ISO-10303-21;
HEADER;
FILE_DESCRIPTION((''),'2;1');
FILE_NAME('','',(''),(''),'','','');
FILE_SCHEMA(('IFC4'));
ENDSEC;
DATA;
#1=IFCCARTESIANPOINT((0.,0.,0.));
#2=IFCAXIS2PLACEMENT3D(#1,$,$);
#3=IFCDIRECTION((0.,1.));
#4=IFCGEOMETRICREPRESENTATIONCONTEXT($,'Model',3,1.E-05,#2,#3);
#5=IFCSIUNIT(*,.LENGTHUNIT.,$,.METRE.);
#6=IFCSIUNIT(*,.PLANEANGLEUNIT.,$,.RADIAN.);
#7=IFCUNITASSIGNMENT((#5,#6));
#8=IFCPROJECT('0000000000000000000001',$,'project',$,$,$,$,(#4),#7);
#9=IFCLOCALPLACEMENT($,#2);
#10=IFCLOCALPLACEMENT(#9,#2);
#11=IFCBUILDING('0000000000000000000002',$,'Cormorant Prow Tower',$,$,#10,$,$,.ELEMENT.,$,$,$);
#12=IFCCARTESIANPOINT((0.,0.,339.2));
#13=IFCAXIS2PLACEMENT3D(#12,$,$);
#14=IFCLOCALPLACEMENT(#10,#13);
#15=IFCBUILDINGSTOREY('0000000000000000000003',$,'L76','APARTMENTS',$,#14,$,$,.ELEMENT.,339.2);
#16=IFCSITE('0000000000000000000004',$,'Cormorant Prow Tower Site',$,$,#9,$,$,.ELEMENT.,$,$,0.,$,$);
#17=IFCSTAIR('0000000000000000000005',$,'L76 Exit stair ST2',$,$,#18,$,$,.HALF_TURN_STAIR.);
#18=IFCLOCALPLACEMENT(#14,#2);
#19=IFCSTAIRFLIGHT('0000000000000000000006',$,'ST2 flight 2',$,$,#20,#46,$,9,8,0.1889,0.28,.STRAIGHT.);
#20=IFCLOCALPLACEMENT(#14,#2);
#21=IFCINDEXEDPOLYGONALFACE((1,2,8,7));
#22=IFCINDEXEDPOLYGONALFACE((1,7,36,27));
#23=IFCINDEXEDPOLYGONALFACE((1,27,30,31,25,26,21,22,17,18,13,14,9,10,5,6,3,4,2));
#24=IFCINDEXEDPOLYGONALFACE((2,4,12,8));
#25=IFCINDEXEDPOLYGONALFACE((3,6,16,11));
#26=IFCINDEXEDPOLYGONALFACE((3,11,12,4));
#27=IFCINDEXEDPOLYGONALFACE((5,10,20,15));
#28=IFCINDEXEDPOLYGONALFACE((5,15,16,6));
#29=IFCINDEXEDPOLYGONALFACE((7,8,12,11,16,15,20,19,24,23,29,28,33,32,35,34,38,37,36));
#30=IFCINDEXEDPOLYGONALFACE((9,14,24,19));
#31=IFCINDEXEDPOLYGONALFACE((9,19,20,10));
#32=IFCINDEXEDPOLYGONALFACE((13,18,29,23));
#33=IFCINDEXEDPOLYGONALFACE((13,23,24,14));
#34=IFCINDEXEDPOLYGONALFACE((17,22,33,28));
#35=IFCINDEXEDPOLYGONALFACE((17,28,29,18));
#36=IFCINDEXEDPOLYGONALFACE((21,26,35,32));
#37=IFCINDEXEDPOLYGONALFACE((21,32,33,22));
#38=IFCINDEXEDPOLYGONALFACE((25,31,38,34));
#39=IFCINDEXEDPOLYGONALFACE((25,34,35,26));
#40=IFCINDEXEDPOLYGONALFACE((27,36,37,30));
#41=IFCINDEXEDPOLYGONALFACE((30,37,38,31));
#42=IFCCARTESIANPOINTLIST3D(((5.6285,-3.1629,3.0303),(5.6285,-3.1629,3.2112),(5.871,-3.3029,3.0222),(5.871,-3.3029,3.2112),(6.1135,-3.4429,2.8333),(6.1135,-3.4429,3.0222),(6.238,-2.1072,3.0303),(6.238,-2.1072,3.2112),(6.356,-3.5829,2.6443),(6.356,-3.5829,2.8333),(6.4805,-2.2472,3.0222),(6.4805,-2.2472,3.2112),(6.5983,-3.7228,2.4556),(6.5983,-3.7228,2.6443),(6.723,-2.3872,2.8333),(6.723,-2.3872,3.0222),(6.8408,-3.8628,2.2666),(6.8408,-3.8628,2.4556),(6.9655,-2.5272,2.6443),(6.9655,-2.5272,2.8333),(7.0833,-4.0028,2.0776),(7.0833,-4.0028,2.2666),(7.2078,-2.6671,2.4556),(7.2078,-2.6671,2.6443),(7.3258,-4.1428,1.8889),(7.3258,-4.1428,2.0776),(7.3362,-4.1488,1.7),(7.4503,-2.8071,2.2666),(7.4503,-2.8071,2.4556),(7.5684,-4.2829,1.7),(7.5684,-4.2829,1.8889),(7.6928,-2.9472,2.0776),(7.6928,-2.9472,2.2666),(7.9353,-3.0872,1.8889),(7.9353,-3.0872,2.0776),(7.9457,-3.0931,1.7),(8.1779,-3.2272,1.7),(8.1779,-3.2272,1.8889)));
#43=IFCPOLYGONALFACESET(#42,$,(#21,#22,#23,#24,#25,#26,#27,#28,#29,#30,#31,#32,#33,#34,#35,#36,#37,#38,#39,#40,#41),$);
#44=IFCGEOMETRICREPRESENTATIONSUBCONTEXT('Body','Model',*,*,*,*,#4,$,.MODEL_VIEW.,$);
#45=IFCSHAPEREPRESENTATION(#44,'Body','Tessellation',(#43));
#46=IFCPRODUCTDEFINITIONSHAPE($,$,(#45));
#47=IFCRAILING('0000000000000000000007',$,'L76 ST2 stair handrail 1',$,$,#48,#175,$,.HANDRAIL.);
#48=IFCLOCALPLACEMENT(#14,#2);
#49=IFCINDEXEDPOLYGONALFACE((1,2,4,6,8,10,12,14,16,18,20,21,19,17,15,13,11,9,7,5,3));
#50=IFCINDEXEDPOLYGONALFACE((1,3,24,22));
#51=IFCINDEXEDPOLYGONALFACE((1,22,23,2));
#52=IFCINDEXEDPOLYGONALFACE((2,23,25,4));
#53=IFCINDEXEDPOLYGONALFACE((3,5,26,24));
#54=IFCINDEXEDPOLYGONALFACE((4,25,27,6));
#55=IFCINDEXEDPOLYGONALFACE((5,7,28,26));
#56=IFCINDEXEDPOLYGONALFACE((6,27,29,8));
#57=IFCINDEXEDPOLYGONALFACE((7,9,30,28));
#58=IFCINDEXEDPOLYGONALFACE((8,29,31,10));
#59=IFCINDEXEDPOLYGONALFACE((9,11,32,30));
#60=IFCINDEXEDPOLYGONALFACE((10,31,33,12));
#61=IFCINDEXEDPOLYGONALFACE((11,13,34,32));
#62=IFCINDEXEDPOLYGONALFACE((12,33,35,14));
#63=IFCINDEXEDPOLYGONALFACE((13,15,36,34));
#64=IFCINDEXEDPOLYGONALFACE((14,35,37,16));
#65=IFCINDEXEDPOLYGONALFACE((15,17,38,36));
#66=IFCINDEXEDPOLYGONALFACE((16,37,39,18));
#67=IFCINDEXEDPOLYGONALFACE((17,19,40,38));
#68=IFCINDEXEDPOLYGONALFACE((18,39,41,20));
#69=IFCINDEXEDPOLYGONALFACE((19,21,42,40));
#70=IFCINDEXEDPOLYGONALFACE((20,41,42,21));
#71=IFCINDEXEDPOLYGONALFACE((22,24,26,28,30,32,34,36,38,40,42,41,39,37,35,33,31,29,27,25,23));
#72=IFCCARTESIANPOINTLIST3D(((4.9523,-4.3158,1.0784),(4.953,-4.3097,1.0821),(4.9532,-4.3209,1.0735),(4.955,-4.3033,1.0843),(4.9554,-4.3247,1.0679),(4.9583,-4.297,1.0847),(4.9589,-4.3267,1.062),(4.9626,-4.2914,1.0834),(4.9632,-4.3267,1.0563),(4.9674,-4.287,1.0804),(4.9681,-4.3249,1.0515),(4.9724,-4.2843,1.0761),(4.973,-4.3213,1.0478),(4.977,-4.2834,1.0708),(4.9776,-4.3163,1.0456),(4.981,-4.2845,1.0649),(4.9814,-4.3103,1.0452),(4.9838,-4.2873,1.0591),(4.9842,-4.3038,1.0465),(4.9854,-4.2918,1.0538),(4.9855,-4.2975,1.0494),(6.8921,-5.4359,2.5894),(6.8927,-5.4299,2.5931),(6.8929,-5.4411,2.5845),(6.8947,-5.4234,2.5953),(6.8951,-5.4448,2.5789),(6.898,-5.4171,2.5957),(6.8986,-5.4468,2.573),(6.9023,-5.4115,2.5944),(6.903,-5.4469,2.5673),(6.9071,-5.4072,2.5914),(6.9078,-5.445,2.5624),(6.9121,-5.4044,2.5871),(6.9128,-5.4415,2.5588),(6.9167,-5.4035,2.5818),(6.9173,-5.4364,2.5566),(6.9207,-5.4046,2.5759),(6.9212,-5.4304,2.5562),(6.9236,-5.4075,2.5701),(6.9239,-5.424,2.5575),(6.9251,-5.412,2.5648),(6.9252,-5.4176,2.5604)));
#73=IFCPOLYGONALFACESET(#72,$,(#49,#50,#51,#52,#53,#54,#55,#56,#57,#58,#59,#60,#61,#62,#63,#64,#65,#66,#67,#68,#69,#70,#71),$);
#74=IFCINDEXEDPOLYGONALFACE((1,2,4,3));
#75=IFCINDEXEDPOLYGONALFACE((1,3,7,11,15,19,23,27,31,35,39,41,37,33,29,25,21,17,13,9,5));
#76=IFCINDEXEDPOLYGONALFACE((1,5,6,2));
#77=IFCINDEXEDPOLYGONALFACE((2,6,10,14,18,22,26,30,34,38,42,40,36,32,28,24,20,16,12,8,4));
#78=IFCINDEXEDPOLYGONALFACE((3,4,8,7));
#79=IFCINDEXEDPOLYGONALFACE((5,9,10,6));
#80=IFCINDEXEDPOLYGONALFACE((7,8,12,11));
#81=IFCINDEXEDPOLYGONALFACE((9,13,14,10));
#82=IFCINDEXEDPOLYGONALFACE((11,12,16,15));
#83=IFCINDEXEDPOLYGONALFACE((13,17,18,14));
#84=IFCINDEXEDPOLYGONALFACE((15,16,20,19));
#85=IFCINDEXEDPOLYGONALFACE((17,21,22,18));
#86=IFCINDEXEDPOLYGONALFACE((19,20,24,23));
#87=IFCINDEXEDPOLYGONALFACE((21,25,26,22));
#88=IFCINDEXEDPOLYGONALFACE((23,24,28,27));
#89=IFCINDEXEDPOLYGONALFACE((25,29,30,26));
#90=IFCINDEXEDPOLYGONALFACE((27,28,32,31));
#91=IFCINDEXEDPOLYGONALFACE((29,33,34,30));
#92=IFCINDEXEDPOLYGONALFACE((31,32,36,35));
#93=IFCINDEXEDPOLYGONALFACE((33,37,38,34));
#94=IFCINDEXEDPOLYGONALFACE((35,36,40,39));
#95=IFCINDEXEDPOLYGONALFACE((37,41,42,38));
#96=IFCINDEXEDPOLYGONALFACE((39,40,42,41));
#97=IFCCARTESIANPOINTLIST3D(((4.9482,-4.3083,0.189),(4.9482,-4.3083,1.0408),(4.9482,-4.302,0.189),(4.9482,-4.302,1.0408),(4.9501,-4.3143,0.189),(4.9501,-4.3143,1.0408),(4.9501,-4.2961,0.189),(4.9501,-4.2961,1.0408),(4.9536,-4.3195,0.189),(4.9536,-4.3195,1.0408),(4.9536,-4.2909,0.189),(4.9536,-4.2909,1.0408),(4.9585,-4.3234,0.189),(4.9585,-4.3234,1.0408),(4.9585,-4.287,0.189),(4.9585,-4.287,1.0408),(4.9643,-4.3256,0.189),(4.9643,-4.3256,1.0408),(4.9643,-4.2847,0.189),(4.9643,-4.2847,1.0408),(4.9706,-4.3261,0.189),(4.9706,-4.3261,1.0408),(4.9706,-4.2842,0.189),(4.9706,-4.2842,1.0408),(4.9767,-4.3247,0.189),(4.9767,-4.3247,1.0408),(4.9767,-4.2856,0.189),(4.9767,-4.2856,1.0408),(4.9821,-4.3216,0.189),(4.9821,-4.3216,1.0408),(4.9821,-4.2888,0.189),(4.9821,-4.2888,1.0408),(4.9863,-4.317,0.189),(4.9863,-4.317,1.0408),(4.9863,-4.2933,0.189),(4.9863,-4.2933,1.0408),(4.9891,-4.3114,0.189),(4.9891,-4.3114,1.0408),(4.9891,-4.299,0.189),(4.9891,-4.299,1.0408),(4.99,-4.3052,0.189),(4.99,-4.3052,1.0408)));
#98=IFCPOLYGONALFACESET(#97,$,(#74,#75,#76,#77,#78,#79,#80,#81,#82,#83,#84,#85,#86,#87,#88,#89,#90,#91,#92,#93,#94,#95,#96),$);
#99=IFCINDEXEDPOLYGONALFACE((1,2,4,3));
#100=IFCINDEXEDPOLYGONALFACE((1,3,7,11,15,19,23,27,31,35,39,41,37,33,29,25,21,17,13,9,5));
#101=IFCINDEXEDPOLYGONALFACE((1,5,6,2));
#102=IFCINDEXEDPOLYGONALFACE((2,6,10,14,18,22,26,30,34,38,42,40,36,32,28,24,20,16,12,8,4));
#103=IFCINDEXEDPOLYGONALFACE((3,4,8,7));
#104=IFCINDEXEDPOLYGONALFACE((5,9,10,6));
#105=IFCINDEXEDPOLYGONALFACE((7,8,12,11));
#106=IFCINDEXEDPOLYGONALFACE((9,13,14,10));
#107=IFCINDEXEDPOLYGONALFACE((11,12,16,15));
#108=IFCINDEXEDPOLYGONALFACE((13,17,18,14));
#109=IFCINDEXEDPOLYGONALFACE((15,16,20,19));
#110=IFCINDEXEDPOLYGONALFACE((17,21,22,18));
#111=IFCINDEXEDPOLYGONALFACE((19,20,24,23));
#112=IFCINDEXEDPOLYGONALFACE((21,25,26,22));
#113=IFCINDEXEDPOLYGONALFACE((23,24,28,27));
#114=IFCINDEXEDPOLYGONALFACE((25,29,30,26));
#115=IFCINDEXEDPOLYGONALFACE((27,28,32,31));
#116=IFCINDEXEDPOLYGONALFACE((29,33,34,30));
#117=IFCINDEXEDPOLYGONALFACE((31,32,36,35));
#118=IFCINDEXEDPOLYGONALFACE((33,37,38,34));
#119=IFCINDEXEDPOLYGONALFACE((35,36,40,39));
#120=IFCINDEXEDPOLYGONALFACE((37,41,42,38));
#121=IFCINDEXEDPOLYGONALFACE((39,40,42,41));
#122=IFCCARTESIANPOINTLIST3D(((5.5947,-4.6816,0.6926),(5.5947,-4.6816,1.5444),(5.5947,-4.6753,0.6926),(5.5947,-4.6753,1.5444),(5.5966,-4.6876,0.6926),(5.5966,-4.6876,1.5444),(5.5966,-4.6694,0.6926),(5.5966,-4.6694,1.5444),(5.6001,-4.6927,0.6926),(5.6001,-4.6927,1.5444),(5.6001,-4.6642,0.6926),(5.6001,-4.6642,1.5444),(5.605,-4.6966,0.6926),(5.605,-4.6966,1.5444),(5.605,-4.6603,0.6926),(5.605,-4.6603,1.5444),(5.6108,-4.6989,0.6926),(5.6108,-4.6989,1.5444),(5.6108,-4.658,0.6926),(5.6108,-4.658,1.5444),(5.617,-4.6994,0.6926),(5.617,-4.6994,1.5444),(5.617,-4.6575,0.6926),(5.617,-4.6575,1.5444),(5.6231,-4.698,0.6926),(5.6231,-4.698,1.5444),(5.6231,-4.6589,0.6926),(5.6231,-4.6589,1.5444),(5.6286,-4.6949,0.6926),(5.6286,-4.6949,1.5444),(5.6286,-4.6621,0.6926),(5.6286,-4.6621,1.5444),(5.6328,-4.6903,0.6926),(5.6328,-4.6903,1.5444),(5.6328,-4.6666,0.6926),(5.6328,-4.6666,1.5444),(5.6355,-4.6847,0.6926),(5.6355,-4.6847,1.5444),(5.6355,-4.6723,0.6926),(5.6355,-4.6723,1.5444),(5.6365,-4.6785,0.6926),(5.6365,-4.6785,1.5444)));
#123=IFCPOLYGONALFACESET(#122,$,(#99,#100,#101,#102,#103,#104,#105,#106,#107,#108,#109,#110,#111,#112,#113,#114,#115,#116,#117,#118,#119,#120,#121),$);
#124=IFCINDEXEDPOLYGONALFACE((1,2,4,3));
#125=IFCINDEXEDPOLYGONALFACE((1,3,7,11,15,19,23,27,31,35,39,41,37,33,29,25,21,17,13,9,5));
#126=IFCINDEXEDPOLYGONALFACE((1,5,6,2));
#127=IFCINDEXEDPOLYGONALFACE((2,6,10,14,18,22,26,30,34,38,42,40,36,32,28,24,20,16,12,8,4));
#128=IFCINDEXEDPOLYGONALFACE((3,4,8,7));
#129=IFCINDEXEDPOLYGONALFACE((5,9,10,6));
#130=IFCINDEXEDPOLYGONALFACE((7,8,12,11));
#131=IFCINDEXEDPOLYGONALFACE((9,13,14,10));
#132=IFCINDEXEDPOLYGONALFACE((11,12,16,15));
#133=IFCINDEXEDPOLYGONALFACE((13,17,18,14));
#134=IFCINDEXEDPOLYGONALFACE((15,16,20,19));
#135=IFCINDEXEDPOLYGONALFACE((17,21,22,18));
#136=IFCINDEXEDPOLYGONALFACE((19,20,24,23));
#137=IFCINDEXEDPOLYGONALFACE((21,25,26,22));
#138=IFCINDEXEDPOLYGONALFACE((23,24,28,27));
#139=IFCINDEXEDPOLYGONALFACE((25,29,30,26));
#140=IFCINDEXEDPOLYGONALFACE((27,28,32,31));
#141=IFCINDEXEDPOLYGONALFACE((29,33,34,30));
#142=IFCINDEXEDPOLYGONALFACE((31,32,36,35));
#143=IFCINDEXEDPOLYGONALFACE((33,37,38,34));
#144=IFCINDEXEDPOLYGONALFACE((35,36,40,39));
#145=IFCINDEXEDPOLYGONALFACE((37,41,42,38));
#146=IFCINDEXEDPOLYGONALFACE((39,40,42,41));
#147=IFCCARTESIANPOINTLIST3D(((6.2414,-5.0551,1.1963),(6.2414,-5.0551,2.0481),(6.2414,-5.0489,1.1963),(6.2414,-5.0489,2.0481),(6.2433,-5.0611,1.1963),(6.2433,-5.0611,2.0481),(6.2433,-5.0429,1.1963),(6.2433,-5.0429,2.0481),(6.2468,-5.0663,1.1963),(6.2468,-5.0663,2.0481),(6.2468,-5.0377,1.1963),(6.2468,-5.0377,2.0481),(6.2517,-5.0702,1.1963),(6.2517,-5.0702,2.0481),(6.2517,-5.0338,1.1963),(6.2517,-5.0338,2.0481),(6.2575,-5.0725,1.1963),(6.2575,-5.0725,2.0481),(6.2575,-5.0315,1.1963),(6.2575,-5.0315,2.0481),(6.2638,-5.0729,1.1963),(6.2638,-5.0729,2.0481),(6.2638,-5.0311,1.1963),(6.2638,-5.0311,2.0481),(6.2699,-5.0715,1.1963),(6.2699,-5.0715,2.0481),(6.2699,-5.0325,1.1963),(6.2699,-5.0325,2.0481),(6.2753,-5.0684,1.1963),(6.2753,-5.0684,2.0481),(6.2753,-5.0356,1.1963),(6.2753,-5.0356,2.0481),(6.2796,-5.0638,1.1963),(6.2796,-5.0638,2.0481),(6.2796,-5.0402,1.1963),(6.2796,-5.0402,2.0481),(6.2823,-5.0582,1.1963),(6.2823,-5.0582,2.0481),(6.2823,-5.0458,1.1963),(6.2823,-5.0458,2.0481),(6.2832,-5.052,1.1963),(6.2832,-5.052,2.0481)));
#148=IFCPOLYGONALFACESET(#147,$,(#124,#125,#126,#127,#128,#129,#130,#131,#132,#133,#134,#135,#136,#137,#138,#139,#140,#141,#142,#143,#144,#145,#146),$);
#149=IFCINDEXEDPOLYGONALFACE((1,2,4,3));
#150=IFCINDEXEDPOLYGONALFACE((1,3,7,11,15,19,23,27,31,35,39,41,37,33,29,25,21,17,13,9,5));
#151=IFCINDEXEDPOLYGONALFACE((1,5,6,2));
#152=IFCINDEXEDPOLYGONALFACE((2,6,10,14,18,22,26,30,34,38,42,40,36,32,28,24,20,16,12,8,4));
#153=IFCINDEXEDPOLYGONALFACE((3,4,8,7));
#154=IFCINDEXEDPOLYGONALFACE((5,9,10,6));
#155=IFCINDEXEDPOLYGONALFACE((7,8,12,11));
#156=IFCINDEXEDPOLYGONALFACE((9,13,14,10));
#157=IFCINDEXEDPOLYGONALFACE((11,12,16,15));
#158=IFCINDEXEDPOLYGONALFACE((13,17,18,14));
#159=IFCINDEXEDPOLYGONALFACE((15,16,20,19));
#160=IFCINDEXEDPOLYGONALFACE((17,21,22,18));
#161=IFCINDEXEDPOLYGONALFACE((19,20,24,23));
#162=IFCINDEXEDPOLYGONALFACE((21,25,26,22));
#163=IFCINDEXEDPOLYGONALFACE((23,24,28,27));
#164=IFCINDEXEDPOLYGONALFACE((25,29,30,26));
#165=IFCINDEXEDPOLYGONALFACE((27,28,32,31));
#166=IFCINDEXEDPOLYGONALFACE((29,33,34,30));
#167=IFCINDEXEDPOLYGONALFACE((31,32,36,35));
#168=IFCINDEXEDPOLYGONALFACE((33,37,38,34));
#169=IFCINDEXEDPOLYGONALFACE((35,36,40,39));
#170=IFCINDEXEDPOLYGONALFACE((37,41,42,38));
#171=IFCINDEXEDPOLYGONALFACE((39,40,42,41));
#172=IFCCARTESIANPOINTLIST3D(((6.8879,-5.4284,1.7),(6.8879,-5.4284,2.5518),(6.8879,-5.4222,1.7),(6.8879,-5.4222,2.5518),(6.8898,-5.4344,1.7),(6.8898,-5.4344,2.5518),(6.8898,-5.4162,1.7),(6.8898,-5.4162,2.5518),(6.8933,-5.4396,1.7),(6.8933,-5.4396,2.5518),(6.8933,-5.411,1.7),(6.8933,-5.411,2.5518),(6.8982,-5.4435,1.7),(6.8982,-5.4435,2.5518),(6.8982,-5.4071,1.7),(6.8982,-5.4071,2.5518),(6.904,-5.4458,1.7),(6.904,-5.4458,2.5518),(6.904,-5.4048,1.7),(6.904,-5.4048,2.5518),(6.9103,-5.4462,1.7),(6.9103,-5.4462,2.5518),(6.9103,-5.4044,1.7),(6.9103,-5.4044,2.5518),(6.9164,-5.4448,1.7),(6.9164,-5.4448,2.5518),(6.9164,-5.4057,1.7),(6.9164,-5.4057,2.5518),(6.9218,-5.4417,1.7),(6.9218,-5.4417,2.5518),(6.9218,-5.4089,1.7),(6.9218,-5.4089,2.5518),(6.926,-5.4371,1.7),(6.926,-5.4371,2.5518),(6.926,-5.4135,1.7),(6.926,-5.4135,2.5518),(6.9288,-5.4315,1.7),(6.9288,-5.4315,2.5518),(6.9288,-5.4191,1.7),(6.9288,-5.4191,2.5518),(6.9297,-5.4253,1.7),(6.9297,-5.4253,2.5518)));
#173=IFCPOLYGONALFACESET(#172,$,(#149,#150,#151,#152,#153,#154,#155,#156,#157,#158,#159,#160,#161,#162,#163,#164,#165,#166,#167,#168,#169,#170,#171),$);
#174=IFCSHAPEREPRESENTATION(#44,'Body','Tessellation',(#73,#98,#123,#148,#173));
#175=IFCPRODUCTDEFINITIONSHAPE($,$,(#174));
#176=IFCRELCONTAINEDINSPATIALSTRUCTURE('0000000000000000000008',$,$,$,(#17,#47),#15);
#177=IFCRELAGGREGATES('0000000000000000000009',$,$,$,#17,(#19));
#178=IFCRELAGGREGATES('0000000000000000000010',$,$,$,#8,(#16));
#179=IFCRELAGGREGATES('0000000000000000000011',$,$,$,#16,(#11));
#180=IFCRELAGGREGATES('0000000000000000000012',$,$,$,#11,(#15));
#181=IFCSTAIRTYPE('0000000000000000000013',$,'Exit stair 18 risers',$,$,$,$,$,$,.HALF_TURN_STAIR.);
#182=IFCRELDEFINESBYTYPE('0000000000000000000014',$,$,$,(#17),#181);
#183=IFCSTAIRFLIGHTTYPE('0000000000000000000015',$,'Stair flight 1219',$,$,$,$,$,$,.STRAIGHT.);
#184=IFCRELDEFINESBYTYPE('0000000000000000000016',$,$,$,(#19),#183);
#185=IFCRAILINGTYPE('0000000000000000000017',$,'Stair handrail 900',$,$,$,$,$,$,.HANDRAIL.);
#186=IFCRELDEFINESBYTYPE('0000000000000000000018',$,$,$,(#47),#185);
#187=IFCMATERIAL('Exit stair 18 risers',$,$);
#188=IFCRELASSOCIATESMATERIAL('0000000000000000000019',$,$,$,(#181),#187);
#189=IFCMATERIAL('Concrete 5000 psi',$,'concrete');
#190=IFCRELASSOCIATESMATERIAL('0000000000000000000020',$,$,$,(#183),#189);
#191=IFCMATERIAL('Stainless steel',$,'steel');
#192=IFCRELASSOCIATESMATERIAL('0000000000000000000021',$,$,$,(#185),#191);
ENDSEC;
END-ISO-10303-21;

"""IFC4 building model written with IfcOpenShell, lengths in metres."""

from ifc_helpers import new_model, si_unit, direction, frame, origin, origin_2d, place, context, subcontext, project, spatial, polyline, circle, outline, extrude, material, type_object, element, aggregate, save


model = new_model("IFC4")

# Units and contexts
model_context = context("Model", 3, precision=1e-05, world=origin(), true_north=direction((0.0, 1.0)))
body_context = subcontext(model_context, "Body", "Model", "MODEL_VIEW")
ifc_project = project(units=[si_unit("LENGTHUNIT", "METRE"), si_unit("PLANEANGLEUNIT", "RADIAN")], contexts=[model_context])

# Site, building, storey
site_placement = place(None, origin())
site = spatial("IfcSite", under=ifc_project, at=site_placement, Name="Cormorant Prow Tower Site", CompositionType="ELEMENT", RefElevation=0.0)
building_placement = place(site_placement, origin())
building = spatial("IfcBuilding", under=site, at=building_placement, Name="Cormorant Prow Tower", CompositionType="ELEMENT")
storey_placement = place(building_placement, frame((0.0, 0.0, 339.2)))
storey = spatial("IfcBuildingStorey", under=building, at=storey_placement, Name="L76", Description="APARTMENTS", CompositionType="ELEMENT", Elevation=339.2)

# Stair, stair flight
ifc_material_1 = material(Name="Exit stair 18 risers")
stair_type = type_object("IfcStairType", Name="Exit stair 18 risers", PredefinedType="HALF_TURN_STAIR", material=ifc_material_1)
stair_placement = place(storey_placement, origin())
stair = element("IfcStair", 1, at=stair_placement, inside=storey, type_object=stair_type, Name="L76 Exit stair ST2", PredefinedType="HALF_TURN_STAIR")
ifc_material_2 = material(Name="Concrete 5000 psi", Category="concrete")
stair_flight_type = type_object("IfcStairFlightType", Name="Stair flight 1219", PredefinedType="STRAIGHT", material=ifc_material_2)
stair_flight_1_placement = place(storey_placement, frame((7.873, -3.7551, 1.7), z_axis=(0.0, 0.0, 1.0), x_axis=(-0.866025, 0.5, 0.0)))
stair_flight_1 = element("IfcStairFlight", 2, at=stair_flight_1_placement, type_object=stair_flight_type, Name="ST2 flight 2", NumberOfRisers=9, NumberOfTreads=8, PredefinedType="STRAIGHT", RiserHeight=0.1889, TreadLength=0.28, context=body_context, shape_type="SweptSolid", body=[
    extrude(outline(polyline([(0.0, 0.0), (0.0, 0.189), (0.28, 0.189), (0.28, 0.3777), (0.5601, 0.3777), (0.5601, 0.5667), (0.8401, 0.5667), (0.8401, 0.7556), (1.1201, 0.7556), (1.1201, 0.9443), (1.3999, 0.9443), (1.3999, 1.1333), (1.6799, 1.1333), (1.6799, 1.3223), (1.96, 1.3223), (1.96, 1.5112), (2.24, 1.5112), (2.24, 1.7), (2.24, 1.3303), (0.2681, 0.0), (0.0, 0.0)])), frame((0.0, 0.6094, 0.0), z_axis=(0.0, -1.0, 0.0), x_axis=(1.0, 0.0, 0.0)), (0.0, 0.0, 1.0), 1.219),
])
aggregate(stair, [stair_flight_1])

# Railing
ifc_material_3 = material(Name="Stainless steel", Category="steel")
railing_type_1 = type_object("IfcRailingType", Name="Stair handrail 900", PredefinedType="HANDRAIL", material=ifc_material_3)
railing_1_placement = place(storey_placement, frame((4.969, -4.3052, 0.189)))
element("IfcRailing", 3, at=railing_1_placement, inside=storey, type_object=railing_type_1, Name="L76 ST2 stair handrail 1", PredefinedType="HANDRAIL", context=body_context, shape_type="SweptSolid", body=[
    extrude(circle(Radius=0.0239, at=origin_2d()), frame((0.0, 0.0, 0.876), z_axis=(0.717906, -0.414569, 0.559235), x_axis=(0.500078, 0.86598, 0.0)), (0.0, 0.0, 1.0), 2.7019),
    extrude(circle(Radius=0.021, at=origin_2d()), origin(), (0.0, 0.0, 1.0), 0.8518),
    extrude(circle(Radius=0.021, at=origin_2d()), frame((0.6465, -0.3733, 0.5037)), (0.0, 0.0, 1.0), 0.8518),
    extrude(circle(Radius=0.021, at=origin_2d()), frame((1.2932, -0.7468, 1.0073)), (0.0, 0.0, 1.0), 0.8518),
    extrude(circle(Radius=0.021, at=origin_2d()), frame((1.9397, -1.1201, 1.511)), (0.0, 0.0, 1.0), 0.8518),
])

save(model, "model.ifc")
